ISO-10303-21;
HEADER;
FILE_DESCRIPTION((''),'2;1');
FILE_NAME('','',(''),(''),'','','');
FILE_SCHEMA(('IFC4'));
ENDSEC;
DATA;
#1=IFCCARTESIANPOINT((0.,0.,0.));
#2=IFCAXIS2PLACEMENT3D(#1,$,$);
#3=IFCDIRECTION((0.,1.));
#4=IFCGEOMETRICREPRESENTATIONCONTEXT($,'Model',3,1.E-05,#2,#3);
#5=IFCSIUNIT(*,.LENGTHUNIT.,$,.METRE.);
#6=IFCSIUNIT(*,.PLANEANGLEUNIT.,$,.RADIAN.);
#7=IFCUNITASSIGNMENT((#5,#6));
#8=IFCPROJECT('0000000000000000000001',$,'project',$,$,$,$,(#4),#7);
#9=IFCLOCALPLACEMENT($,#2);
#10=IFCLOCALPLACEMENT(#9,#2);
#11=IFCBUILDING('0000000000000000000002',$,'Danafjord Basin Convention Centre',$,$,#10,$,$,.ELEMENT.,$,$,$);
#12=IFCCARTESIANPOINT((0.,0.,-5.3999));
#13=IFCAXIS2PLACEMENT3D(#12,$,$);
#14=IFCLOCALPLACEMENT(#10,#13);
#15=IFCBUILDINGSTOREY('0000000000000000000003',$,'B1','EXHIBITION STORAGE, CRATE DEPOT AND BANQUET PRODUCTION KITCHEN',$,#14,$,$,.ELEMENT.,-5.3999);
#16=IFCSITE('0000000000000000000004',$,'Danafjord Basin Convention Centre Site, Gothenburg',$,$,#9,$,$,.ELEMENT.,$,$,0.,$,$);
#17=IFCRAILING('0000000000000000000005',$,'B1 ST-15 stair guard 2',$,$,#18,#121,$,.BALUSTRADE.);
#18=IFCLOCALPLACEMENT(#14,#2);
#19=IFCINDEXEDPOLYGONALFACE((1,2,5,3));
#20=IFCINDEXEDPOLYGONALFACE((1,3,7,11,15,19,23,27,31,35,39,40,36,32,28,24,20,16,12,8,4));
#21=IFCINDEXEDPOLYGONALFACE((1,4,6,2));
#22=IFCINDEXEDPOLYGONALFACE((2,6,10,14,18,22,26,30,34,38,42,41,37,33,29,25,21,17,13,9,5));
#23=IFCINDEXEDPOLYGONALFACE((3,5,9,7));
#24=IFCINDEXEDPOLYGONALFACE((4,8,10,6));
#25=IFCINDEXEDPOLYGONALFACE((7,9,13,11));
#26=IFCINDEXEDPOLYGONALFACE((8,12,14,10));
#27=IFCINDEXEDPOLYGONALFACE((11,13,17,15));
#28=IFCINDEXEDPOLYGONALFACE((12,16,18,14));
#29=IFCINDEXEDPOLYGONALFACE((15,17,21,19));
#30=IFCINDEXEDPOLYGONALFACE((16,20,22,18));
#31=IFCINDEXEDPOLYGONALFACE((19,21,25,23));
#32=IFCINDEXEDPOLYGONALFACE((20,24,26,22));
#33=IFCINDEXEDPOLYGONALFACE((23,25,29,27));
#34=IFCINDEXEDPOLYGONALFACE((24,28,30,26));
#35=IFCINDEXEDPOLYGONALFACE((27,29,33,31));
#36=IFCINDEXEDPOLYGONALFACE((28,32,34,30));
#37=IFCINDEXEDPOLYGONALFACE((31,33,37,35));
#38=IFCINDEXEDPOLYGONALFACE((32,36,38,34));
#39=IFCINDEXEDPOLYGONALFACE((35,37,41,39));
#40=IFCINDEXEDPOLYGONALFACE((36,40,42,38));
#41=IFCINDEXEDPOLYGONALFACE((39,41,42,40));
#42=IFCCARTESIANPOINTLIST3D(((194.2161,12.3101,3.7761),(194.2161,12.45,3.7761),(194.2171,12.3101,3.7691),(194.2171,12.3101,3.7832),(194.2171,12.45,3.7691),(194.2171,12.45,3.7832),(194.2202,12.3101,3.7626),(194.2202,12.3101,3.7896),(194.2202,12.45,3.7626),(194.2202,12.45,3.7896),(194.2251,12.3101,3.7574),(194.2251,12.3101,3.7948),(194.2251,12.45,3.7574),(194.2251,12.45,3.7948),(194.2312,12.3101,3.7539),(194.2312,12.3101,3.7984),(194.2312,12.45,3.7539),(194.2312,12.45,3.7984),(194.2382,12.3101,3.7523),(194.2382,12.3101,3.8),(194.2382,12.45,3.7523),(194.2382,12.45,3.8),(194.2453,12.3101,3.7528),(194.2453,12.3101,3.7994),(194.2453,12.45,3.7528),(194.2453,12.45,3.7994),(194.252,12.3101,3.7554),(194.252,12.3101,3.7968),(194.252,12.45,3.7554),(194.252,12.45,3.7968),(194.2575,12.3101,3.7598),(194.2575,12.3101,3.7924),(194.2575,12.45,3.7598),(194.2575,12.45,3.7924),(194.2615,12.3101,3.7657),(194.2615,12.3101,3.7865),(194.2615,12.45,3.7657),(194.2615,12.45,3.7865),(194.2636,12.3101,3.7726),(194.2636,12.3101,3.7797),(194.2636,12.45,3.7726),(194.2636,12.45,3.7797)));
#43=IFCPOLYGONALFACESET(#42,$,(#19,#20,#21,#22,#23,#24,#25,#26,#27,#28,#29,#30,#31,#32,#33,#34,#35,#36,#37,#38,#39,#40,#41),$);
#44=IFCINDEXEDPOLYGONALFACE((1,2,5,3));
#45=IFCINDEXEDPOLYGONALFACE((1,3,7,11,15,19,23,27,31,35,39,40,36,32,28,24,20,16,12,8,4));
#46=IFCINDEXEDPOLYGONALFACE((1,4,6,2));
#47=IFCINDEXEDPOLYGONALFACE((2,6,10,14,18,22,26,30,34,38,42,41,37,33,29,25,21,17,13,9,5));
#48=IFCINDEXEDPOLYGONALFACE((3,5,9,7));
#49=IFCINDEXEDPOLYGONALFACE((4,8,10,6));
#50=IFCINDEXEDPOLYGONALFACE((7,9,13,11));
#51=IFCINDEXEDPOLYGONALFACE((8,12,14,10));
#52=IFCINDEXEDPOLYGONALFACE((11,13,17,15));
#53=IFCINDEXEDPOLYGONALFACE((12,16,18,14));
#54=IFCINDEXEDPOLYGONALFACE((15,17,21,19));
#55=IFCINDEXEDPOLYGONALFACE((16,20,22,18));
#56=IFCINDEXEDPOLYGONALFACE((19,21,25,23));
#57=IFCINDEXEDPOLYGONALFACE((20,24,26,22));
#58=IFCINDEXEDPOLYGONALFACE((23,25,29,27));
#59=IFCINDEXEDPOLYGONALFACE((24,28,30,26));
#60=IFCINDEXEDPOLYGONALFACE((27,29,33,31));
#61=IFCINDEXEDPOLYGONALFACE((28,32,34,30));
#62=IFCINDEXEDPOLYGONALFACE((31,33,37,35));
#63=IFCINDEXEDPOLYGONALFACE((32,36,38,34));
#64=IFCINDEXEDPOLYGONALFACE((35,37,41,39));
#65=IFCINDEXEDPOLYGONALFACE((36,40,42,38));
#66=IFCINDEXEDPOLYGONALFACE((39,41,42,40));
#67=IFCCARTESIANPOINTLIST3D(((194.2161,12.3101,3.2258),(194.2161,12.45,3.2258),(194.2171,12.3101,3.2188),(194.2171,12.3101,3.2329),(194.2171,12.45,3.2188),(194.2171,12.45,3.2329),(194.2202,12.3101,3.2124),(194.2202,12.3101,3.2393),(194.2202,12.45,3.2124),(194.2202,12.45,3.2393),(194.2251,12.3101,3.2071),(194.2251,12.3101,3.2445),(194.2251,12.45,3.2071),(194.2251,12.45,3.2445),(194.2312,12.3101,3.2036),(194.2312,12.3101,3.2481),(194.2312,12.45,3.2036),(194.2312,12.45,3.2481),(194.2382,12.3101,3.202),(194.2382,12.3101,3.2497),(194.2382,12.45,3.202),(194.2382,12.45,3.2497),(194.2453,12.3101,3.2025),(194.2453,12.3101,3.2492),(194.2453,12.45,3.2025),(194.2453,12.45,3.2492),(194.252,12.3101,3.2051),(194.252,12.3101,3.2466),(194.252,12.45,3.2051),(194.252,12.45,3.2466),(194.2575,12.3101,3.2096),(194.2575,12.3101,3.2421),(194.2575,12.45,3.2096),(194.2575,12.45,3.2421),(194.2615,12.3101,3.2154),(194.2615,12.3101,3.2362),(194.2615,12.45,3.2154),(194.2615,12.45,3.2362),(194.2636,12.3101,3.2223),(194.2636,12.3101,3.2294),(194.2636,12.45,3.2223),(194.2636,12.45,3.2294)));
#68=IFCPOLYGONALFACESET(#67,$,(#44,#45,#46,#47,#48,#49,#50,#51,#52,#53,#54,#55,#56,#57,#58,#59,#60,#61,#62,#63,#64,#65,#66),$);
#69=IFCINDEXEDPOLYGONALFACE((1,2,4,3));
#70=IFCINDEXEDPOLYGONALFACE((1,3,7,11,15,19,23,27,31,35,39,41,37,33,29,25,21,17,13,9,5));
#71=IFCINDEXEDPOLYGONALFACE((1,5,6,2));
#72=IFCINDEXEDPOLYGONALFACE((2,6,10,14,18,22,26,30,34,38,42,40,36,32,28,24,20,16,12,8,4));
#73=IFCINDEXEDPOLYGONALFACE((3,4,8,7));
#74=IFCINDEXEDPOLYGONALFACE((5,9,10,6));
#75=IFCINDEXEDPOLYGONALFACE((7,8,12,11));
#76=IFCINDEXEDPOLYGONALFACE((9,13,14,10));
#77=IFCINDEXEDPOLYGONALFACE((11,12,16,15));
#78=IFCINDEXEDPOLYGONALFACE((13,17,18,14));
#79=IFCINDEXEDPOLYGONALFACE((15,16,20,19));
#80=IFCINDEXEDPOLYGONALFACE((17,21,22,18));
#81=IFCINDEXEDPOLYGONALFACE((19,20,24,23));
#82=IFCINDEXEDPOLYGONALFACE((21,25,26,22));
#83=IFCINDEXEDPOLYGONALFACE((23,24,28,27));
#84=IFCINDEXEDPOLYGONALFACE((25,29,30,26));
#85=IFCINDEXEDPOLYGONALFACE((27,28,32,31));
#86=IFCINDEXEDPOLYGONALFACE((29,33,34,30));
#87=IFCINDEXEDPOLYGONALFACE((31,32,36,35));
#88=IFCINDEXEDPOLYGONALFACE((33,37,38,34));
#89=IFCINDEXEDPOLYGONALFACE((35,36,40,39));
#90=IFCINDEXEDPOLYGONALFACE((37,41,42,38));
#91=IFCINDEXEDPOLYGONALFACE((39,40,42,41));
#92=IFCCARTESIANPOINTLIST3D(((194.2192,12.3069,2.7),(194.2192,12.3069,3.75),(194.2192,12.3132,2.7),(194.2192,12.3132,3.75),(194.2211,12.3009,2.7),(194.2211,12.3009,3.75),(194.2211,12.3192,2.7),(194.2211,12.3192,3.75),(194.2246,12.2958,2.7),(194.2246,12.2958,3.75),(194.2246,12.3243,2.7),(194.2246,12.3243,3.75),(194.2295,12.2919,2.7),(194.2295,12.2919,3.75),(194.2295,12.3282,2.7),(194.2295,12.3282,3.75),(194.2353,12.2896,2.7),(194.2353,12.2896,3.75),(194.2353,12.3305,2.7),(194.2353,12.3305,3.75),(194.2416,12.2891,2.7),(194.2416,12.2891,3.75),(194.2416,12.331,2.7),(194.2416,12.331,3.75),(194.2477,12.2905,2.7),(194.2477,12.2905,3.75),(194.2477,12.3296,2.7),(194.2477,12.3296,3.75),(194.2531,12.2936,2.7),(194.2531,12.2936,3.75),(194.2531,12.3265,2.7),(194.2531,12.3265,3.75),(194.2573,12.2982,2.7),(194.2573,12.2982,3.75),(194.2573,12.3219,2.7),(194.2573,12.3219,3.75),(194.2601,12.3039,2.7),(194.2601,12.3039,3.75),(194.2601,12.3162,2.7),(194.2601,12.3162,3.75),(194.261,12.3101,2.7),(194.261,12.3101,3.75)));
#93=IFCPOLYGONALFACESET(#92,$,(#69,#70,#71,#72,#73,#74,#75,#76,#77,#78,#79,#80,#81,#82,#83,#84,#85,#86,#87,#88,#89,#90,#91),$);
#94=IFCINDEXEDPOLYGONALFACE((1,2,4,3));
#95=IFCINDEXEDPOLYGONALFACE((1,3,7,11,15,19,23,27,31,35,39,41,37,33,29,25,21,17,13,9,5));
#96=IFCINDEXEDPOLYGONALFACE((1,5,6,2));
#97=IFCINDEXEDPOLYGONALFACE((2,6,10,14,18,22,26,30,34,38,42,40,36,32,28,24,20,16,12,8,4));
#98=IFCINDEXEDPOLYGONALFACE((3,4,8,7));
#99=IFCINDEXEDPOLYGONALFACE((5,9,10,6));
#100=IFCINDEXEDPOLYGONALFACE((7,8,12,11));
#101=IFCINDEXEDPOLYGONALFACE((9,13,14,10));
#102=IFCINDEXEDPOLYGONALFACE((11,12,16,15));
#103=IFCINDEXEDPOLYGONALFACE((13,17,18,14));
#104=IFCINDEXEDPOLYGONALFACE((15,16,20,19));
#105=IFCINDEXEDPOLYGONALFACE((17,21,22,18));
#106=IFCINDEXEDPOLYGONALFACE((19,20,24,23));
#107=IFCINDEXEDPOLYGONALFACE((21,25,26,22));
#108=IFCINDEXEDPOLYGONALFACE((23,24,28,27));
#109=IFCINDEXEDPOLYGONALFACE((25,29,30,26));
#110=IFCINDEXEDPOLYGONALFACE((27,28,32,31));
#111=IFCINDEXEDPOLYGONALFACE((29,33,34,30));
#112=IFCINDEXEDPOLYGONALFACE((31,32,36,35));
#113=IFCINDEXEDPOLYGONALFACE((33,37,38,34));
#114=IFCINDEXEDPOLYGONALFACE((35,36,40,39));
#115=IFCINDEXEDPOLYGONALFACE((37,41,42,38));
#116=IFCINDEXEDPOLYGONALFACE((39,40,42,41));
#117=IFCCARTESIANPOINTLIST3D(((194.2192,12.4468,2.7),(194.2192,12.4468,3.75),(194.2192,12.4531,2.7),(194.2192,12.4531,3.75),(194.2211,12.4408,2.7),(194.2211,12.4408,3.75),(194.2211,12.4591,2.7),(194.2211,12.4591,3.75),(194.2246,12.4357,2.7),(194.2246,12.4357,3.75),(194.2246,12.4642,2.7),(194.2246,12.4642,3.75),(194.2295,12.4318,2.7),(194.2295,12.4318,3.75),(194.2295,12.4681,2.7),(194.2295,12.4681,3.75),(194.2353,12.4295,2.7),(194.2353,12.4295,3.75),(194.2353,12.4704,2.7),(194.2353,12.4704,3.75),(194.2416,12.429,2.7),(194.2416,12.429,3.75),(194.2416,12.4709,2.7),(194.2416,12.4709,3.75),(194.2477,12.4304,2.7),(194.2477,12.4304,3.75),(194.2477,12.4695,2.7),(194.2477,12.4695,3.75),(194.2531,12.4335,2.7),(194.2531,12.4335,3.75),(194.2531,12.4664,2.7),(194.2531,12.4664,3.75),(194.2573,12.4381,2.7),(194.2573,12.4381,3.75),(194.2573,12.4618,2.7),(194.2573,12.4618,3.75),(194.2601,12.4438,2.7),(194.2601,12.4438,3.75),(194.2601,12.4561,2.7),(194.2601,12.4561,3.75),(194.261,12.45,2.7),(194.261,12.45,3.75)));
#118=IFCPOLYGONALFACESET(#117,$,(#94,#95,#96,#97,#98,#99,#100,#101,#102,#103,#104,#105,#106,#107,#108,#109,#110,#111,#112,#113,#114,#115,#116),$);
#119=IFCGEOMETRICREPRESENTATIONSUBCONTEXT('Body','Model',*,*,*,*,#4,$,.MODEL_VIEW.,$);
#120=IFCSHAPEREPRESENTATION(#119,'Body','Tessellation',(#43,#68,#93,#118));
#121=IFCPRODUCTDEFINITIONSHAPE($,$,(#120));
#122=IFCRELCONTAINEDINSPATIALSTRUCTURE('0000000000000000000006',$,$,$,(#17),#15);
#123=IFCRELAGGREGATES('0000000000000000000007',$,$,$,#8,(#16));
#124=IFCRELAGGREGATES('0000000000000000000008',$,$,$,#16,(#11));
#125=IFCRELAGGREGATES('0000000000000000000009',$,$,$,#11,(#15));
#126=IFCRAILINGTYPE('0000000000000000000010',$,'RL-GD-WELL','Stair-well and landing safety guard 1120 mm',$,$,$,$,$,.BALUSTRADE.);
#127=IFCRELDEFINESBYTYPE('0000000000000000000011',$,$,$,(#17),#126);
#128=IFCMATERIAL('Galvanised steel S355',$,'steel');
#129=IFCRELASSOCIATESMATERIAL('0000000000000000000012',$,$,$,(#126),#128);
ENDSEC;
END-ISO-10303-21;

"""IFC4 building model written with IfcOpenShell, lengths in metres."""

from ifc_helpers import new_model, si_unit, direction, frame, origin, origin_2d, place, context, subcontext, project, spatial, circle, extrude, material, type_object, element, save


model = new_model("IFC4")

# Units and contexts
model_context = context("Model", 3, precision=1e-05, world=origin(), true_north=direction((0.0, 1.0)))
body_context = subcontext(model_context, "Body", "Model", "MODEL_VIEW")
ifc_project = project(units=[si_unit("LENGTHUNIT", "METRE"), si_unit("PLANEANGLEUNIT", "RADIAN")], contexts=[model_context])

# Site, building, storey
site_placement = place(None, origin())
site = spatial("IfcSite", under=ifc_project, at=site_placement, Name="Danafjord Basin Convention Centre Site, Gothenburg", CompositionType="ELEMENT", RefElevation=0.0)
building_placement = place(site_placement, origin())
building = spatial("IfcBuilding", under=site, at=building_placement, Name="Danafjord Basin Convention Centre", CompositionType="ELEMENT")
storey_placement = place(building_placement, frame((0.0, 0.0, -5.3999)))
storey = spatial("IfcBuildingStorey", under=building, at=storey_placement, Name="B1", Description="EXHIBITION STORAGE, CRATE DEPOT AND BANQUET PRODUCTION KITCHEN", CompositionType="ELEMENT", Elevation=-5.3999)

# Railing
ifc_material_1 = material(Name="Galvanised steel S355", Category="steel")
railing_type_1 = type_object("IfcRailingType", Name="RL-GD-WELL", Description="Stair-well and landing safety guard 1120 mm", PredefinedType="BALUSTRADE", material=ifc_material_1)
railing_1_placement = place(storey_placement, frame((194.24, 12.3101, 2.7)))
element("IfcRailing", 1, at=railing_1_placement, inside=storey, type_object=railing_type_1, Name="B1 ST-15 stair guard 2", PredefinedType="BALUSTRADE", context=body_context, shape_type="SweptSolid", body=[
    extrude(circle(Radius=0.0239, at=origin_2d()), frame((0.0, 0.0, 1.0762), z_axis=(0.0, 1.0, 0.0), x_axis=(-1.0, 0.0, 0.0)), (0.0, 0.0, 1.0), 0.1399),
    extrude(circle(Radius=0.0239, at=origin_2d()), frame((0.0, 0.0, 0.5259), z_axis=(0.0, 1.0, 0.0), x_axis=(-1.0, 0.0, 0.0)), (0.0, 0.0, 1.0), 0.1399),
    extrude(circle(Radius=0.021, at=origin_2d()), origin(), (0.0, 0.0, 1.0), 1.05),
    extrude(circle(Radius=0.021, at=origin_2d()), frame((0.0, 0.1399, 0.0)), (0.0, 0.0, 1.0), 1.05),
])

save(model, "model.ifc")
